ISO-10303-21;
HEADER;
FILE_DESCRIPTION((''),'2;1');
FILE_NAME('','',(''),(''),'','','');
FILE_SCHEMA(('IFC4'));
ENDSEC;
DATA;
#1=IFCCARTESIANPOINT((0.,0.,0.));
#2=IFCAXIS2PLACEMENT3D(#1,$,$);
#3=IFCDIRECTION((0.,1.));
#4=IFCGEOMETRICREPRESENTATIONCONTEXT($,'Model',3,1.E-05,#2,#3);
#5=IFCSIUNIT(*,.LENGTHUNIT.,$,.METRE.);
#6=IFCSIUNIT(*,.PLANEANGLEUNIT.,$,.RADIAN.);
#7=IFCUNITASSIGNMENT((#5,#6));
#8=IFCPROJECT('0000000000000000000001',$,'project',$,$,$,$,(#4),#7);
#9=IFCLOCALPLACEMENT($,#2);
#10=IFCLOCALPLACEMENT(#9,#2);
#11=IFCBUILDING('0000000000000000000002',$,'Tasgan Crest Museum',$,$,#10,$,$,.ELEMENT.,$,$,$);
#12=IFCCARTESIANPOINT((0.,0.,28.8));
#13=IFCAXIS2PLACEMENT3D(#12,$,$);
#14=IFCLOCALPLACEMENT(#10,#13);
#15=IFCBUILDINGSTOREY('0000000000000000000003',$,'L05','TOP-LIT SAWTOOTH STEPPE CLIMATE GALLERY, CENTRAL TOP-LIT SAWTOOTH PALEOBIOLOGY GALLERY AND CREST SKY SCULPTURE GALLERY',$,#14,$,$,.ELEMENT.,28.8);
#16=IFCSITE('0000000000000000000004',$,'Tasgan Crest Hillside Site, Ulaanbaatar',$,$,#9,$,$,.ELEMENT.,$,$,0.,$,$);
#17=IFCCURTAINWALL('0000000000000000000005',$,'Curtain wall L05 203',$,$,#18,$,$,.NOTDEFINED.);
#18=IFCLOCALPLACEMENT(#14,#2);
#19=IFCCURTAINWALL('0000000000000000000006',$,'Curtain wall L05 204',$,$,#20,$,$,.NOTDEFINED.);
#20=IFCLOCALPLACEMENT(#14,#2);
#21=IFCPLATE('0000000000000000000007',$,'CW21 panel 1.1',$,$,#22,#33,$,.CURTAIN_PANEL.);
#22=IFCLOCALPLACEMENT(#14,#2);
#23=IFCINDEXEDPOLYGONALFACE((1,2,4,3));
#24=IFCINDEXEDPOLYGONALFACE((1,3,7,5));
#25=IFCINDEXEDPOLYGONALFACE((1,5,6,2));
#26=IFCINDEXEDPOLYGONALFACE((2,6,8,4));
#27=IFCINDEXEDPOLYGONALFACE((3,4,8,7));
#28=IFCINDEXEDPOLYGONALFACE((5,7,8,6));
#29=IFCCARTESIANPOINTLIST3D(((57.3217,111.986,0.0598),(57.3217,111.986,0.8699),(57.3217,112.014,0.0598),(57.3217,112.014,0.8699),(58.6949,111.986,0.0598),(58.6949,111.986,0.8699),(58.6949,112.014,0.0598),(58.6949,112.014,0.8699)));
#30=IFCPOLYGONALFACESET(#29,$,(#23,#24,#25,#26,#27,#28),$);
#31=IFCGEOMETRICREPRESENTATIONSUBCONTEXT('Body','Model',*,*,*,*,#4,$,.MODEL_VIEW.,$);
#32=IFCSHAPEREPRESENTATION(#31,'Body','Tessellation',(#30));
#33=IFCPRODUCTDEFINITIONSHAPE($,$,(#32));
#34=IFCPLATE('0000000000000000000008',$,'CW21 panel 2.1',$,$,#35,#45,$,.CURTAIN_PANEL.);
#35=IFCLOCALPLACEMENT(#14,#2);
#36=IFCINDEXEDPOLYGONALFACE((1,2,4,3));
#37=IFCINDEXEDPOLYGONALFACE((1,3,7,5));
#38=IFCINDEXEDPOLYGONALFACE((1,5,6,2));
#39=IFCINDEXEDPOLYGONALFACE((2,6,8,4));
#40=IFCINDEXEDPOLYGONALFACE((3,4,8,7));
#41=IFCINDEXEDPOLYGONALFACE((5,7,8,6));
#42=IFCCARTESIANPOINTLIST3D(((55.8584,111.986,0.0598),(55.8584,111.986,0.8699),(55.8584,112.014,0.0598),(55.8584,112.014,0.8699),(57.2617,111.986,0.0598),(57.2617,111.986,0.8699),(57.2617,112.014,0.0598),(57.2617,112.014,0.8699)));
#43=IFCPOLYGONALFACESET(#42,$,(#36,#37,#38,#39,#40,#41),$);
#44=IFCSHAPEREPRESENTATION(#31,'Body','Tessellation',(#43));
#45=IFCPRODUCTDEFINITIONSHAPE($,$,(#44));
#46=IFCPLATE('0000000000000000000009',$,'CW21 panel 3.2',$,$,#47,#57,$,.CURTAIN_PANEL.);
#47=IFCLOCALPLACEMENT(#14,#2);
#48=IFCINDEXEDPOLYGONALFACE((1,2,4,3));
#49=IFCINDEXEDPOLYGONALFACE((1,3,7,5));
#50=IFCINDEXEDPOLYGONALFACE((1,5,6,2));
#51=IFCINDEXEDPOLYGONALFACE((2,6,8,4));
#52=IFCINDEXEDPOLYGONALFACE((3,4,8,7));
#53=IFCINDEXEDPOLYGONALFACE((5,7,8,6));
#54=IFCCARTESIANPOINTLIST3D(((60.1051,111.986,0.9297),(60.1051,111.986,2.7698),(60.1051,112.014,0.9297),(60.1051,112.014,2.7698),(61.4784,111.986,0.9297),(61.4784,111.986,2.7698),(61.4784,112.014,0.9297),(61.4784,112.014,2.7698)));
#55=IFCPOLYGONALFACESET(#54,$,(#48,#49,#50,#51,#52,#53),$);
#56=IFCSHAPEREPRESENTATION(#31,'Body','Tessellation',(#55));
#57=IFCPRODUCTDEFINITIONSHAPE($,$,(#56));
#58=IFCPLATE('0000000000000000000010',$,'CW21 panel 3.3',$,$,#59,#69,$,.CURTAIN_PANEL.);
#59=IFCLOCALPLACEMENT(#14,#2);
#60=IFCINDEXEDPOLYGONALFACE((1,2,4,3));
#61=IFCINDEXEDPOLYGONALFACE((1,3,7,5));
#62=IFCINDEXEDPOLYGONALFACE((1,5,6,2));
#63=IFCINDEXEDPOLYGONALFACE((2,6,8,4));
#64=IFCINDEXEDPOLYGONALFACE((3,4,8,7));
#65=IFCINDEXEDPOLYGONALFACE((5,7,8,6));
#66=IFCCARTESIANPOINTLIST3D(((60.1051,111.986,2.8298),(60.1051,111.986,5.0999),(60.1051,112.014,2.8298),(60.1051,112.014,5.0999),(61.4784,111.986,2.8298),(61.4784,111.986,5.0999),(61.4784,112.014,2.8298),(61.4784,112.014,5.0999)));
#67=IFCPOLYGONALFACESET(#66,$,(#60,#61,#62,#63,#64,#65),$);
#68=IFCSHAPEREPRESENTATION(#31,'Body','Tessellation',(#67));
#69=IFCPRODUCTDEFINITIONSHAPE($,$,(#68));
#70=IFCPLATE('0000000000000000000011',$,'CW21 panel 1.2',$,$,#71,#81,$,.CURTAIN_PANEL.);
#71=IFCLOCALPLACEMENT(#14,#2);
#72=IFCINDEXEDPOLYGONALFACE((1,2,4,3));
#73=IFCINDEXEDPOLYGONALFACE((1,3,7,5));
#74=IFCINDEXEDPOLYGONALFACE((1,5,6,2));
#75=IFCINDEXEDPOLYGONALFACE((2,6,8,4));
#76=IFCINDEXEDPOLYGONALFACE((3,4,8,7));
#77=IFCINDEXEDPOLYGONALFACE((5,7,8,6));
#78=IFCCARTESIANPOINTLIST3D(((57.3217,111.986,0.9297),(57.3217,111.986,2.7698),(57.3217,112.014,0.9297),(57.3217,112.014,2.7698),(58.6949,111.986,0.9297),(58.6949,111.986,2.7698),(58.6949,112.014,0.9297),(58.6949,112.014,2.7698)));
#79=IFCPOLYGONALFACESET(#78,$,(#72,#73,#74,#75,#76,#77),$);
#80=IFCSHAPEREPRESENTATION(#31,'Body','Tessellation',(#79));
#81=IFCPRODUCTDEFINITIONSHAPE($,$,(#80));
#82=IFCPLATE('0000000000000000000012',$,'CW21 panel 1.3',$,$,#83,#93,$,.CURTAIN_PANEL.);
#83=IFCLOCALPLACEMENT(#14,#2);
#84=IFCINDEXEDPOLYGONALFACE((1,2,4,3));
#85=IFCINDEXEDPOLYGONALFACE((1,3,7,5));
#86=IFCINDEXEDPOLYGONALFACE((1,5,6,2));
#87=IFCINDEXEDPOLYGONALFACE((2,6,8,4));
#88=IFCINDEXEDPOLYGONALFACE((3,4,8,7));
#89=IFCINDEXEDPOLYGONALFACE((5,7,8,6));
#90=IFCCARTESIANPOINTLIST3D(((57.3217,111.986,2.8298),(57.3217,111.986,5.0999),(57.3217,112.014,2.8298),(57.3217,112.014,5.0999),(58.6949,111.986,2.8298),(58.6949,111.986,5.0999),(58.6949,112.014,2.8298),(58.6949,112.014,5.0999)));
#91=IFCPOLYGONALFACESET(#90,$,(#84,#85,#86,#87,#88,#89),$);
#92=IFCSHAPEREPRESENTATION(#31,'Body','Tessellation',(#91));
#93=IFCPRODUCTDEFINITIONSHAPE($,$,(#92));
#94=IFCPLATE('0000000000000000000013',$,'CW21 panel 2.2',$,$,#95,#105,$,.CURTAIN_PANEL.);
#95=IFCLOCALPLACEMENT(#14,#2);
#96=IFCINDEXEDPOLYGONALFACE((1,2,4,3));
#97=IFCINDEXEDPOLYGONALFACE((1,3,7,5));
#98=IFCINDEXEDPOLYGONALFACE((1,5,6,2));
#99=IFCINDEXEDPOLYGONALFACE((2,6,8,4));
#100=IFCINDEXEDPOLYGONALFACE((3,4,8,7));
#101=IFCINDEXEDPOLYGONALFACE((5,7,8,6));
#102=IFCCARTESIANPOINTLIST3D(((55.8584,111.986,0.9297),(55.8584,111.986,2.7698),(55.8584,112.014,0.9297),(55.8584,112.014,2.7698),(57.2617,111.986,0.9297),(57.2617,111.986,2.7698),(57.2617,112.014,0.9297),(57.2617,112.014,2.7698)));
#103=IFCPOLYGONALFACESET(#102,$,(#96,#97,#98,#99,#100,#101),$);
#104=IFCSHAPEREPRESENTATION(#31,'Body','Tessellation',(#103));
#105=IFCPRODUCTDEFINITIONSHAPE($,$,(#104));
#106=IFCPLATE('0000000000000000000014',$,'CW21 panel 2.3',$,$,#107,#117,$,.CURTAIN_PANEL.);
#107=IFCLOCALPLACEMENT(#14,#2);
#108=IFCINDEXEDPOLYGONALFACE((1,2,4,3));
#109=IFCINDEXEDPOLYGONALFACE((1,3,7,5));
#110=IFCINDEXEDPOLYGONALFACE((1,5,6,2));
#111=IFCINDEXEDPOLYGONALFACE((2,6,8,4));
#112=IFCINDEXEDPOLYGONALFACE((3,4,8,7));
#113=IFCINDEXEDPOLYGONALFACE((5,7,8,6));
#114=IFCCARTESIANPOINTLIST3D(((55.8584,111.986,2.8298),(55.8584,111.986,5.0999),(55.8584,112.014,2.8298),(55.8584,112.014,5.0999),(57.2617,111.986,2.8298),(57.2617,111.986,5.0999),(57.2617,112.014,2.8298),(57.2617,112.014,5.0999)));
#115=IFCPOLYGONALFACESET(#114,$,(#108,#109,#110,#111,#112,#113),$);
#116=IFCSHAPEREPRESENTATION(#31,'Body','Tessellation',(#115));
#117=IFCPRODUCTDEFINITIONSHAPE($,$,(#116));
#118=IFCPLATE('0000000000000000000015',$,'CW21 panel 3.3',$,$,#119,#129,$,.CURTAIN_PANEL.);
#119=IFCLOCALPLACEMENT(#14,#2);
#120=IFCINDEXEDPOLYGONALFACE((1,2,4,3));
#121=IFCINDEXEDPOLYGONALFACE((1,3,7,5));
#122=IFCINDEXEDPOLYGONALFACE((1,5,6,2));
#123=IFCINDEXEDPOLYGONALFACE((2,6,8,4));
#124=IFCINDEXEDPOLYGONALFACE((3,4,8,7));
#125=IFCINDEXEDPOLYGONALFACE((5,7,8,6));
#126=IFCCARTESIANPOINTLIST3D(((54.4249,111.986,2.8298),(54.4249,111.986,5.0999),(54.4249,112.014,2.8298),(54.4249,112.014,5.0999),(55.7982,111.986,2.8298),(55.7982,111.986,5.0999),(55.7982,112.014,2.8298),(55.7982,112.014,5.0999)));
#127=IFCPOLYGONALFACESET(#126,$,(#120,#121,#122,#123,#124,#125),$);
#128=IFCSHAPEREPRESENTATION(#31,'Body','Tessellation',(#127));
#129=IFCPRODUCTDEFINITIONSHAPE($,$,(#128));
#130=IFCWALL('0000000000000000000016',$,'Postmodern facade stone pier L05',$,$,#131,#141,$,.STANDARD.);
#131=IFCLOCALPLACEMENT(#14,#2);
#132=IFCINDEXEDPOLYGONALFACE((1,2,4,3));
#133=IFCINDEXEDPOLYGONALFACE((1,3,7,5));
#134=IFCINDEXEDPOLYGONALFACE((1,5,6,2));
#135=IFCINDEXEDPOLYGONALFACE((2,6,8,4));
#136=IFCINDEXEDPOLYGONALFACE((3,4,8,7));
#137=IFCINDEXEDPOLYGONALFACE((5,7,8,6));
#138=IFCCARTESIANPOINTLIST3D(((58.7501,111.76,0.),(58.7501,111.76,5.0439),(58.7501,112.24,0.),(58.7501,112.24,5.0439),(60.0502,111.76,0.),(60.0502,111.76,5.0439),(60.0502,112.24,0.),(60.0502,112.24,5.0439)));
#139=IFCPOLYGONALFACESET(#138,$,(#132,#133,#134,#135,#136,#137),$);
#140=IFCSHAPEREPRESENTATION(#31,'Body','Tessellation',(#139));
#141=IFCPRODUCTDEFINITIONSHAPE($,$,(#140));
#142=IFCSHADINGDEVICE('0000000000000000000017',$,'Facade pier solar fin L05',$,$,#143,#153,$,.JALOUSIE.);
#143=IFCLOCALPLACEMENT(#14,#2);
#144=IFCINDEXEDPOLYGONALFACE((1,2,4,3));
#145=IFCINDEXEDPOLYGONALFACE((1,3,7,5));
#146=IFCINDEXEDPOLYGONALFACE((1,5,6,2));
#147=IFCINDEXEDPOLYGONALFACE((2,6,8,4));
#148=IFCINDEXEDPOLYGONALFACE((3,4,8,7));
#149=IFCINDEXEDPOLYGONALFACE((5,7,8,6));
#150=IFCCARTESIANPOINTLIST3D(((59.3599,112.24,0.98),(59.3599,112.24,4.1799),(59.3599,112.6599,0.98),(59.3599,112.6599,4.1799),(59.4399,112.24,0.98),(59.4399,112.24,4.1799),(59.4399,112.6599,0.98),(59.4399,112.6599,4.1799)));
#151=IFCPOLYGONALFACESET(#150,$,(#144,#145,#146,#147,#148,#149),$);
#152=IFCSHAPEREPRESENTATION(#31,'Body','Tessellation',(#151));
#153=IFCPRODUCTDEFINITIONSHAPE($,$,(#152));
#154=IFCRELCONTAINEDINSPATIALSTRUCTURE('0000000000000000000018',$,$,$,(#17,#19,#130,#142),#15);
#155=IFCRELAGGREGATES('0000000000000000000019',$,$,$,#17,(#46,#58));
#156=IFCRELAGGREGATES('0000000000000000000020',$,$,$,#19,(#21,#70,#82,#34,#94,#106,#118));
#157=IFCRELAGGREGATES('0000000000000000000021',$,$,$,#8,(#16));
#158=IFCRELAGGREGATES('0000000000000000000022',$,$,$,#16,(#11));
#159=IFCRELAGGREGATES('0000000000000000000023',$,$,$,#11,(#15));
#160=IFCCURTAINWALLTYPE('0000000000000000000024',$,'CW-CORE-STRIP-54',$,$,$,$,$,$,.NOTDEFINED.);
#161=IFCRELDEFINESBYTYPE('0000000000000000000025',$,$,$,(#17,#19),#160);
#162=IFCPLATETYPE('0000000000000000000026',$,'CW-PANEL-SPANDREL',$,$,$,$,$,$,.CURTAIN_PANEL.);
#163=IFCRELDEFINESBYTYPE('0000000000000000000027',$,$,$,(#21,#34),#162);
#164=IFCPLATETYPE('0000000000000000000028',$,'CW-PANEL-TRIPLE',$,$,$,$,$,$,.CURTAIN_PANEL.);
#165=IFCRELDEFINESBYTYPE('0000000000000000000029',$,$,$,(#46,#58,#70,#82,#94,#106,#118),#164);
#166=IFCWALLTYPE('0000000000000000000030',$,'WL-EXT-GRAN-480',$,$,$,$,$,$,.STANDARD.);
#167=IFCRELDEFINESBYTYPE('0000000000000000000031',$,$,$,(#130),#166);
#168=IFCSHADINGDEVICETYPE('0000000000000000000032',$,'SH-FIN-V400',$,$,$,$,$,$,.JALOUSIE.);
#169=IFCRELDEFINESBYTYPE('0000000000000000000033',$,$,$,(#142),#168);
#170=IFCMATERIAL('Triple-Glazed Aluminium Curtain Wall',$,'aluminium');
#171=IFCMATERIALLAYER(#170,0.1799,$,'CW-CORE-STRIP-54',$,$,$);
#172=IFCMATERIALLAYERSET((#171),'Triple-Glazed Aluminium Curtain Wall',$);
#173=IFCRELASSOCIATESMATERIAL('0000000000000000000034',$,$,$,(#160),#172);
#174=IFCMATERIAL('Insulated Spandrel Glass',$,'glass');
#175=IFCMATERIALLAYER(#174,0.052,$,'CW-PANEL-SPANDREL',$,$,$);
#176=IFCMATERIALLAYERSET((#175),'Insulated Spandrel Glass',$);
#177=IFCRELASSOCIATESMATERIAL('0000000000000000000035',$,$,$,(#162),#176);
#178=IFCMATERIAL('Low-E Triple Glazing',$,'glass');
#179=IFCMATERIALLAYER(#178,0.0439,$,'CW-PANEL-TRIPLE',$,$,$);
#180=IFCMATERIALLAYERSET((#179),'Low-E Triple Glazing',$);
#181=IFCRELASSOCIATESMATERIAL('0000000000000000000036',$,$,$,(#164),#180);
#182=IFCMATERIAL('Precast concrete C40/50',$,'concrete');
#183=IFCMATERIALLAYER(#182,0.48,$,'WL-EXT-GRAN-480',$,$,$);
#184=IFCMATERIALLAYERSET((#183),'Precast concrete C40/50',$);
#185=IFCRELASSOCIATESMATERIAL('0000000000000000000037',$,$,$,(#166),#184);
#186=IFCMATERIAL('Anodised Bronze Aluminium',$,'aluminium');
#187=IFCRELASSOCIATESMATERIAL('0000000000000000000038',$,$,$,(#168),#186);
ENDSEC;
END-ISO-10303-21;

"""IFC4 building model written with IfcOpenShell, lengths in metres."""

from ifc_helpers import new_model, si_unit, direction, frame, frame_2d, origin, origin_2d, place, context, subcontext, project, spatial, rectangle, extrude, material, layer, layer_set, type_object, element, aggregate, save


model = new_model("IFC4")

# Units and contexts
model_context = context("Model", 3, precision=1e-05, world=origin(), true_north=direction((0.0, 1.0)))
body_context = subcontext(model_context, "Body", "Model", "MODEL_VIEW")
ifc_project = project(units=[si_unit("LENGTHUNIT", "METRE"), si_unit("PLANEANGLEUNIT", "RADIAN")], contexts=[model_context])

# Site, building, storey
site_placement = place(None, origin())
site = spatial("IfcSite", under=ifc_project, at=site_placement, Name="Tasgan Crest Hillside Site, Ulaanbaatar", CompositionType="ELEMENT", RefElevation=0.0)
building_placement = place(site_placement, origin())
building = spatial("IfcBuilding", under=site, at=building_placement, Name="Tasgan Crest Museum", CompositionType="ELEMENT")
storey_placement = place(building_placement, frame((0.0, 0.0, 28.8)))
storey = spatial("IfcBuildingStorey", under=building, at=storey_placement, Name="L05", Description="TOP-LIT SAWTOOTH STEPPE CLIMATE GALLERY, CENTRAL TOP-LIT SAWTOOTH PALEOBIOLOGY GALLERY AND CREST SKY SCULPTURE GALLERY", CompositionType="ELEMENT", Elevation=28.8)

# Curtain walls
ifc_material_1 = material(Name="Triple-Glazed Aluminium Curtain Wall", Category="aluminium")
ifc_layer_1 = layer(ifc_material_1, 0.1799, Name="CW-CORE-STRIP-54")
ifc_layer_set_1 = layer_set([ifc_layer_1], Name="Triple-Glazed Aluminium Curtain Wall")
curtain_wall_type = type_object("IfcCurtainWallType", Name="CW-CORE-STRIP-54", PredefinedType="NOTDEFINED", material=ifc_layer_set_1)
curtain_wall_1_placement = place(storey_placement, origin())
curtain_wall_1 = element("IfcCurtainWall", 1, at=curtain_wall_1_placement, inside=storey, type_object=curtain_wall_type, Name="Curtain wall L05 203", PredefinedType="NOTDEFINED")
curtain_wall_2_placement = place(storey_placement, origin())
curtain_wall_2 = element("IfcCurtainWall", 2, at=curtain_wall_2_placement, inside=storey, type_object=curtain_wall_type, Name="Curtain wall L05 204", PredefinedType="NOTDEFINED")

# Plates
ifc_material_2 = material(Name="Insulated Spandrel Glass", Category="glass")
ifc_layer_2 = layer(ifc_material_2, 0.052, Name="CW-PANEL-SPANDREL")
ifc_layer_set_2 = layer_set([ifc_layer_2], Name="Insulated Spandrel Glass")
plate_type_1 = type_object("IfcPlateType", Name="CW-PANEL-SPANDREL", PredefinedType="CURTAIN_PANEL", material=ifc_layer_set_2)
plate_1_placement = place(storey_placement, frame((58.0083, 112.0, 0.0598), z_axis=(0.0, 0.0, 1.0), x_axis=(-1.0, 0.0, 0.0)))
plate_1 = element("IfcPlate", 3, at=plate_1_placement, type_object=plate_type_1, Name="CW21 panel 1.1", PredefinedType="CURTAIN_PANEL", context=body_context, shape_type="SweptSolid", body=[
    extrude(rectangle(XDim=1.3733, YDim=0.0281, at=origin_2d()), origin(), (0.0, 0.0, 1.0), 0.8101),
])
plate_2_placement = place(storey_placement, frame((56.5601, 112.0, 0.0598), z_axis=(0.0, 0.0, 1.0), x_axis=(-1.0, 0.0, 0.0)))
plate_2 = element("IfcPlate", 4, at=plate_2_placement, type_object=plate_type_1, Name="CW21 panel 2.1", PredefinedType="CURTAIN_PANEL", context=body_context, shape_type="SweptSolid", body=[
    extrude(rectangle(XDim=1.4033, YDim=0.0281, at=origin_2d()), origin(), (0.0, 0.0, 1.0), 0.8101),
])
ifc_material_3 = material(Name="Low-E Triple Glazing", Category="glass")
ifc_layer_3 = layer(ifc_material_3, 0.0439, Name="CW-PANEL-TRIPLE")
ifc_layer_set_3 = layer_set([ifc_layer_3], Name="Low-E Triple Glazing")
plate_type_2 = type_object("IfcPlateType", Name="CW-PANEL-TRIPLE", PredefinedType="CURTAIN_PANEL", material=ifc_layer_set_3)
plate_3_placement = place(storey_placement, frame((60.7917, 112.0, 0.9297), z_axis=(0.0, 0.0, 1.0), x_axis=(-1.0, 0.0, 0.0)))
plate_3 = element("IfcPlate", 5, at=plate_3_placement, type_object=plate_type_2, Name="CW21 panel 3.2", PredefinedType="CURTAIN_PANEL", context=body_context, shape_type="SweptSolid", body=[
    extrude(rectangle(XDim=1.3733, YDim=0.0281, at=origin_2d()), origin(), (0.0, 0.0, 1.0), 1.8401),
])
plate_4_placement = place(storey_placement, frame((60.7917, 112.0, 2.8298), z_axis=(0.0, 0.0, 1.0), x_axis=(-1.0, 0.0, 0.0)))
plate_4 = element("IfcPlate", 6, at=plate_4_placement, type_object=plate_type_2, Name="CW21 panel 3.3", PredefinedType="CURTAIN_PANEL", context=body_context, shape_type="SweptSolid", body=[
    extrude(rectangle(XDim=1.3733, YDim=0.0281, at=origin_2d()), origin(), (0.0, 0.0, 1.0), 2.27),
])
aggregate(curtain_wall_1, [plate_3, plate_4])
plate_5_placement = place(storey_placement, frame((58.0083, 112.0, 0.9297), z_axis=(0.0, 0.0, 1.0), x_axis=(-1.0, 0.0, 0.0)))
plate_5 = element("IfcPlate", 7, at=plate_5_placement, type_object=plate_type_2, Name="CW21 panel 1.2", PredefinedType="CURTAIN_PANEL", context=body_context, shape_type="SweptSolid", body=[
    extrude(rectangle(XDim=1.3733, YDim=0.0281, at=origin_2d()), origin(), (0.0, 0.0, 1.0), 1.8401),
])
plate_6_placement = place(storey_placement, frame((58.0083, 112.0, 2.8298), z_axis=(0.0, 0.0, 1.0), x_axis=(-1.0, 0.0, 0.0)))
plate_6 = element("IfcPlate", 8, at=plate_6_placement, type_object=plate_type_2, Name="CW21 panel 1.3", PredefinedType="CURTAIN_PANEL", context=body_context, shape_type="SweptSolid", body=[
    extrude(rectangle(XDim=1.3733, YDim=0.0281, at=origin_2d()), origin(), (0.0, 0.0, 1.0), 2.27),
])
plate_7_placement = place(storey_placement, frame((56.5601, 112.0, 0.9297), z_axis=(0.0, 0.0, 1.0), x_axis=(-1.0, 0.0, 0.0)))
plate_7 = element("IfcPlate", 9, at=plate_7_placement, type_object=plate_type_2, Name="CW21 panel 2.2", PredefinedType="CURTAIN_PANEL", context=body_context, shape_type="SweptSolid", body=[
    extrude(rectangle(XDim=1.4033, YDim=0.0281, at=origin_2d()), origin(), (0.0, 0.0, 1.0), 1.8401),
])
plate_8_placement = place(storey_placement, frame((56.5601, 112.0, 2.8298), z_axis=(0.0, 0.0, 1.0), x_axis=(-1.0, 0.0, 0.0)))
plate_8 = element("IfcPlate", 10, at=plate_8_placement, type_object=plate_type_2, Name="CW21 panel 2.3", PredefinedType="CURTAIN_PANEL", context=body_context, shape_type="SweptSolid", body=[
    extrude(rectangle(XDim=1.4033, YDim=0.0281, at=origin_2d()), origin(), (0.0, 0.0, 1.0), 2.27),
])
plate_9_placement = place(storey_placement, frame((55.1116, 112.0, 2.8298), z_axis=(0.0, 0.0, 1.0), x_axis=(-1.0, 0.0, 0.0)))
plate_9 = element("IfcPlate", 11, at=plate_9_placement, type_object=plate_type_2, Name="CW21 panel 3.3", PredefinedType="CURTAIN_PANEL", context=body_context, shape_type="SweptSolid", body=[
    extrude(rectangle(XDim=1.3733, YDim=0.0281, at=origin_2d()), origin(), (0.0, 0.0, 1.0), 2.27),
])
aggregate(curtain_wall_2, [plate_1, plate_5, plate_6, plate_2, plate_7, plate_8, plate_9])

# Wall
ifc_material_4 = material(Name="Precast concrete C40/50", Category="concrete")
ifc_layer_4 = layer(ifc_material_4, 0.48, Name="WL-EXT-GRAN-480")
ifc_layer_set_4 = layer_set([ifc_layer_4], Name="Precast concrete C40/50")
wall_type = type_object("IfcWallType", Name="WL-EXT-GRAN-480", PredefinedType="STANDARD", material=ifc_layer_set_4)
wall_placement = place(storey_placement, frame((60.05, 112.0, 0.0), z_axis=(0.0, 0.0, 1.0), x_axis=(-1.0, 0.0, 0.0)))
element("IfcWall", 12, at=wall_placement, inside=storey, type_object=wall_type, Name="Postmodern facade stone pier L05", PredefinedType="STANDARD", context=body_context, shape_type="SweptSolid", body=[
    extrude(rectangle(XDim=1.3, YDim=0.48, at=frame_2d((0.6499, 0.0))), origin(), (0.0, 0.0, 1.0), 5.0439),
])

# Shading device
ifc_material_5 = material(Name="Anodised Bronze Aluminium", Category="aluminium")
shading_device_type = type_object("IfcShadingDeviceType", Name="SH-FIN-V400", PredefinedType="JALOUSIE", material=ifc_material_5)
shading_device_placement = place(storey_placement, frame((59.3999, 112.45, 0.98), z_axis=(0.0, 0.0, 1.0), x_axis=(-1.0, 0.0, 0.0)))
element("IfcShadingDevice", 13, at=shading_device_placement, inside=storey, type_object=shading_device_type, Name="Facade pier solar fin L05", PredefinedType="JALOUSIE", context=body_context, shape_type="SweptSolid", body=[
    extrude(rectangle(XDim=0.0801, YDim=0.4199, at=origin_2d()), origin(), (0.0, 0.0, 1.0), 3.2),
])

save(model, "model.ifc")
